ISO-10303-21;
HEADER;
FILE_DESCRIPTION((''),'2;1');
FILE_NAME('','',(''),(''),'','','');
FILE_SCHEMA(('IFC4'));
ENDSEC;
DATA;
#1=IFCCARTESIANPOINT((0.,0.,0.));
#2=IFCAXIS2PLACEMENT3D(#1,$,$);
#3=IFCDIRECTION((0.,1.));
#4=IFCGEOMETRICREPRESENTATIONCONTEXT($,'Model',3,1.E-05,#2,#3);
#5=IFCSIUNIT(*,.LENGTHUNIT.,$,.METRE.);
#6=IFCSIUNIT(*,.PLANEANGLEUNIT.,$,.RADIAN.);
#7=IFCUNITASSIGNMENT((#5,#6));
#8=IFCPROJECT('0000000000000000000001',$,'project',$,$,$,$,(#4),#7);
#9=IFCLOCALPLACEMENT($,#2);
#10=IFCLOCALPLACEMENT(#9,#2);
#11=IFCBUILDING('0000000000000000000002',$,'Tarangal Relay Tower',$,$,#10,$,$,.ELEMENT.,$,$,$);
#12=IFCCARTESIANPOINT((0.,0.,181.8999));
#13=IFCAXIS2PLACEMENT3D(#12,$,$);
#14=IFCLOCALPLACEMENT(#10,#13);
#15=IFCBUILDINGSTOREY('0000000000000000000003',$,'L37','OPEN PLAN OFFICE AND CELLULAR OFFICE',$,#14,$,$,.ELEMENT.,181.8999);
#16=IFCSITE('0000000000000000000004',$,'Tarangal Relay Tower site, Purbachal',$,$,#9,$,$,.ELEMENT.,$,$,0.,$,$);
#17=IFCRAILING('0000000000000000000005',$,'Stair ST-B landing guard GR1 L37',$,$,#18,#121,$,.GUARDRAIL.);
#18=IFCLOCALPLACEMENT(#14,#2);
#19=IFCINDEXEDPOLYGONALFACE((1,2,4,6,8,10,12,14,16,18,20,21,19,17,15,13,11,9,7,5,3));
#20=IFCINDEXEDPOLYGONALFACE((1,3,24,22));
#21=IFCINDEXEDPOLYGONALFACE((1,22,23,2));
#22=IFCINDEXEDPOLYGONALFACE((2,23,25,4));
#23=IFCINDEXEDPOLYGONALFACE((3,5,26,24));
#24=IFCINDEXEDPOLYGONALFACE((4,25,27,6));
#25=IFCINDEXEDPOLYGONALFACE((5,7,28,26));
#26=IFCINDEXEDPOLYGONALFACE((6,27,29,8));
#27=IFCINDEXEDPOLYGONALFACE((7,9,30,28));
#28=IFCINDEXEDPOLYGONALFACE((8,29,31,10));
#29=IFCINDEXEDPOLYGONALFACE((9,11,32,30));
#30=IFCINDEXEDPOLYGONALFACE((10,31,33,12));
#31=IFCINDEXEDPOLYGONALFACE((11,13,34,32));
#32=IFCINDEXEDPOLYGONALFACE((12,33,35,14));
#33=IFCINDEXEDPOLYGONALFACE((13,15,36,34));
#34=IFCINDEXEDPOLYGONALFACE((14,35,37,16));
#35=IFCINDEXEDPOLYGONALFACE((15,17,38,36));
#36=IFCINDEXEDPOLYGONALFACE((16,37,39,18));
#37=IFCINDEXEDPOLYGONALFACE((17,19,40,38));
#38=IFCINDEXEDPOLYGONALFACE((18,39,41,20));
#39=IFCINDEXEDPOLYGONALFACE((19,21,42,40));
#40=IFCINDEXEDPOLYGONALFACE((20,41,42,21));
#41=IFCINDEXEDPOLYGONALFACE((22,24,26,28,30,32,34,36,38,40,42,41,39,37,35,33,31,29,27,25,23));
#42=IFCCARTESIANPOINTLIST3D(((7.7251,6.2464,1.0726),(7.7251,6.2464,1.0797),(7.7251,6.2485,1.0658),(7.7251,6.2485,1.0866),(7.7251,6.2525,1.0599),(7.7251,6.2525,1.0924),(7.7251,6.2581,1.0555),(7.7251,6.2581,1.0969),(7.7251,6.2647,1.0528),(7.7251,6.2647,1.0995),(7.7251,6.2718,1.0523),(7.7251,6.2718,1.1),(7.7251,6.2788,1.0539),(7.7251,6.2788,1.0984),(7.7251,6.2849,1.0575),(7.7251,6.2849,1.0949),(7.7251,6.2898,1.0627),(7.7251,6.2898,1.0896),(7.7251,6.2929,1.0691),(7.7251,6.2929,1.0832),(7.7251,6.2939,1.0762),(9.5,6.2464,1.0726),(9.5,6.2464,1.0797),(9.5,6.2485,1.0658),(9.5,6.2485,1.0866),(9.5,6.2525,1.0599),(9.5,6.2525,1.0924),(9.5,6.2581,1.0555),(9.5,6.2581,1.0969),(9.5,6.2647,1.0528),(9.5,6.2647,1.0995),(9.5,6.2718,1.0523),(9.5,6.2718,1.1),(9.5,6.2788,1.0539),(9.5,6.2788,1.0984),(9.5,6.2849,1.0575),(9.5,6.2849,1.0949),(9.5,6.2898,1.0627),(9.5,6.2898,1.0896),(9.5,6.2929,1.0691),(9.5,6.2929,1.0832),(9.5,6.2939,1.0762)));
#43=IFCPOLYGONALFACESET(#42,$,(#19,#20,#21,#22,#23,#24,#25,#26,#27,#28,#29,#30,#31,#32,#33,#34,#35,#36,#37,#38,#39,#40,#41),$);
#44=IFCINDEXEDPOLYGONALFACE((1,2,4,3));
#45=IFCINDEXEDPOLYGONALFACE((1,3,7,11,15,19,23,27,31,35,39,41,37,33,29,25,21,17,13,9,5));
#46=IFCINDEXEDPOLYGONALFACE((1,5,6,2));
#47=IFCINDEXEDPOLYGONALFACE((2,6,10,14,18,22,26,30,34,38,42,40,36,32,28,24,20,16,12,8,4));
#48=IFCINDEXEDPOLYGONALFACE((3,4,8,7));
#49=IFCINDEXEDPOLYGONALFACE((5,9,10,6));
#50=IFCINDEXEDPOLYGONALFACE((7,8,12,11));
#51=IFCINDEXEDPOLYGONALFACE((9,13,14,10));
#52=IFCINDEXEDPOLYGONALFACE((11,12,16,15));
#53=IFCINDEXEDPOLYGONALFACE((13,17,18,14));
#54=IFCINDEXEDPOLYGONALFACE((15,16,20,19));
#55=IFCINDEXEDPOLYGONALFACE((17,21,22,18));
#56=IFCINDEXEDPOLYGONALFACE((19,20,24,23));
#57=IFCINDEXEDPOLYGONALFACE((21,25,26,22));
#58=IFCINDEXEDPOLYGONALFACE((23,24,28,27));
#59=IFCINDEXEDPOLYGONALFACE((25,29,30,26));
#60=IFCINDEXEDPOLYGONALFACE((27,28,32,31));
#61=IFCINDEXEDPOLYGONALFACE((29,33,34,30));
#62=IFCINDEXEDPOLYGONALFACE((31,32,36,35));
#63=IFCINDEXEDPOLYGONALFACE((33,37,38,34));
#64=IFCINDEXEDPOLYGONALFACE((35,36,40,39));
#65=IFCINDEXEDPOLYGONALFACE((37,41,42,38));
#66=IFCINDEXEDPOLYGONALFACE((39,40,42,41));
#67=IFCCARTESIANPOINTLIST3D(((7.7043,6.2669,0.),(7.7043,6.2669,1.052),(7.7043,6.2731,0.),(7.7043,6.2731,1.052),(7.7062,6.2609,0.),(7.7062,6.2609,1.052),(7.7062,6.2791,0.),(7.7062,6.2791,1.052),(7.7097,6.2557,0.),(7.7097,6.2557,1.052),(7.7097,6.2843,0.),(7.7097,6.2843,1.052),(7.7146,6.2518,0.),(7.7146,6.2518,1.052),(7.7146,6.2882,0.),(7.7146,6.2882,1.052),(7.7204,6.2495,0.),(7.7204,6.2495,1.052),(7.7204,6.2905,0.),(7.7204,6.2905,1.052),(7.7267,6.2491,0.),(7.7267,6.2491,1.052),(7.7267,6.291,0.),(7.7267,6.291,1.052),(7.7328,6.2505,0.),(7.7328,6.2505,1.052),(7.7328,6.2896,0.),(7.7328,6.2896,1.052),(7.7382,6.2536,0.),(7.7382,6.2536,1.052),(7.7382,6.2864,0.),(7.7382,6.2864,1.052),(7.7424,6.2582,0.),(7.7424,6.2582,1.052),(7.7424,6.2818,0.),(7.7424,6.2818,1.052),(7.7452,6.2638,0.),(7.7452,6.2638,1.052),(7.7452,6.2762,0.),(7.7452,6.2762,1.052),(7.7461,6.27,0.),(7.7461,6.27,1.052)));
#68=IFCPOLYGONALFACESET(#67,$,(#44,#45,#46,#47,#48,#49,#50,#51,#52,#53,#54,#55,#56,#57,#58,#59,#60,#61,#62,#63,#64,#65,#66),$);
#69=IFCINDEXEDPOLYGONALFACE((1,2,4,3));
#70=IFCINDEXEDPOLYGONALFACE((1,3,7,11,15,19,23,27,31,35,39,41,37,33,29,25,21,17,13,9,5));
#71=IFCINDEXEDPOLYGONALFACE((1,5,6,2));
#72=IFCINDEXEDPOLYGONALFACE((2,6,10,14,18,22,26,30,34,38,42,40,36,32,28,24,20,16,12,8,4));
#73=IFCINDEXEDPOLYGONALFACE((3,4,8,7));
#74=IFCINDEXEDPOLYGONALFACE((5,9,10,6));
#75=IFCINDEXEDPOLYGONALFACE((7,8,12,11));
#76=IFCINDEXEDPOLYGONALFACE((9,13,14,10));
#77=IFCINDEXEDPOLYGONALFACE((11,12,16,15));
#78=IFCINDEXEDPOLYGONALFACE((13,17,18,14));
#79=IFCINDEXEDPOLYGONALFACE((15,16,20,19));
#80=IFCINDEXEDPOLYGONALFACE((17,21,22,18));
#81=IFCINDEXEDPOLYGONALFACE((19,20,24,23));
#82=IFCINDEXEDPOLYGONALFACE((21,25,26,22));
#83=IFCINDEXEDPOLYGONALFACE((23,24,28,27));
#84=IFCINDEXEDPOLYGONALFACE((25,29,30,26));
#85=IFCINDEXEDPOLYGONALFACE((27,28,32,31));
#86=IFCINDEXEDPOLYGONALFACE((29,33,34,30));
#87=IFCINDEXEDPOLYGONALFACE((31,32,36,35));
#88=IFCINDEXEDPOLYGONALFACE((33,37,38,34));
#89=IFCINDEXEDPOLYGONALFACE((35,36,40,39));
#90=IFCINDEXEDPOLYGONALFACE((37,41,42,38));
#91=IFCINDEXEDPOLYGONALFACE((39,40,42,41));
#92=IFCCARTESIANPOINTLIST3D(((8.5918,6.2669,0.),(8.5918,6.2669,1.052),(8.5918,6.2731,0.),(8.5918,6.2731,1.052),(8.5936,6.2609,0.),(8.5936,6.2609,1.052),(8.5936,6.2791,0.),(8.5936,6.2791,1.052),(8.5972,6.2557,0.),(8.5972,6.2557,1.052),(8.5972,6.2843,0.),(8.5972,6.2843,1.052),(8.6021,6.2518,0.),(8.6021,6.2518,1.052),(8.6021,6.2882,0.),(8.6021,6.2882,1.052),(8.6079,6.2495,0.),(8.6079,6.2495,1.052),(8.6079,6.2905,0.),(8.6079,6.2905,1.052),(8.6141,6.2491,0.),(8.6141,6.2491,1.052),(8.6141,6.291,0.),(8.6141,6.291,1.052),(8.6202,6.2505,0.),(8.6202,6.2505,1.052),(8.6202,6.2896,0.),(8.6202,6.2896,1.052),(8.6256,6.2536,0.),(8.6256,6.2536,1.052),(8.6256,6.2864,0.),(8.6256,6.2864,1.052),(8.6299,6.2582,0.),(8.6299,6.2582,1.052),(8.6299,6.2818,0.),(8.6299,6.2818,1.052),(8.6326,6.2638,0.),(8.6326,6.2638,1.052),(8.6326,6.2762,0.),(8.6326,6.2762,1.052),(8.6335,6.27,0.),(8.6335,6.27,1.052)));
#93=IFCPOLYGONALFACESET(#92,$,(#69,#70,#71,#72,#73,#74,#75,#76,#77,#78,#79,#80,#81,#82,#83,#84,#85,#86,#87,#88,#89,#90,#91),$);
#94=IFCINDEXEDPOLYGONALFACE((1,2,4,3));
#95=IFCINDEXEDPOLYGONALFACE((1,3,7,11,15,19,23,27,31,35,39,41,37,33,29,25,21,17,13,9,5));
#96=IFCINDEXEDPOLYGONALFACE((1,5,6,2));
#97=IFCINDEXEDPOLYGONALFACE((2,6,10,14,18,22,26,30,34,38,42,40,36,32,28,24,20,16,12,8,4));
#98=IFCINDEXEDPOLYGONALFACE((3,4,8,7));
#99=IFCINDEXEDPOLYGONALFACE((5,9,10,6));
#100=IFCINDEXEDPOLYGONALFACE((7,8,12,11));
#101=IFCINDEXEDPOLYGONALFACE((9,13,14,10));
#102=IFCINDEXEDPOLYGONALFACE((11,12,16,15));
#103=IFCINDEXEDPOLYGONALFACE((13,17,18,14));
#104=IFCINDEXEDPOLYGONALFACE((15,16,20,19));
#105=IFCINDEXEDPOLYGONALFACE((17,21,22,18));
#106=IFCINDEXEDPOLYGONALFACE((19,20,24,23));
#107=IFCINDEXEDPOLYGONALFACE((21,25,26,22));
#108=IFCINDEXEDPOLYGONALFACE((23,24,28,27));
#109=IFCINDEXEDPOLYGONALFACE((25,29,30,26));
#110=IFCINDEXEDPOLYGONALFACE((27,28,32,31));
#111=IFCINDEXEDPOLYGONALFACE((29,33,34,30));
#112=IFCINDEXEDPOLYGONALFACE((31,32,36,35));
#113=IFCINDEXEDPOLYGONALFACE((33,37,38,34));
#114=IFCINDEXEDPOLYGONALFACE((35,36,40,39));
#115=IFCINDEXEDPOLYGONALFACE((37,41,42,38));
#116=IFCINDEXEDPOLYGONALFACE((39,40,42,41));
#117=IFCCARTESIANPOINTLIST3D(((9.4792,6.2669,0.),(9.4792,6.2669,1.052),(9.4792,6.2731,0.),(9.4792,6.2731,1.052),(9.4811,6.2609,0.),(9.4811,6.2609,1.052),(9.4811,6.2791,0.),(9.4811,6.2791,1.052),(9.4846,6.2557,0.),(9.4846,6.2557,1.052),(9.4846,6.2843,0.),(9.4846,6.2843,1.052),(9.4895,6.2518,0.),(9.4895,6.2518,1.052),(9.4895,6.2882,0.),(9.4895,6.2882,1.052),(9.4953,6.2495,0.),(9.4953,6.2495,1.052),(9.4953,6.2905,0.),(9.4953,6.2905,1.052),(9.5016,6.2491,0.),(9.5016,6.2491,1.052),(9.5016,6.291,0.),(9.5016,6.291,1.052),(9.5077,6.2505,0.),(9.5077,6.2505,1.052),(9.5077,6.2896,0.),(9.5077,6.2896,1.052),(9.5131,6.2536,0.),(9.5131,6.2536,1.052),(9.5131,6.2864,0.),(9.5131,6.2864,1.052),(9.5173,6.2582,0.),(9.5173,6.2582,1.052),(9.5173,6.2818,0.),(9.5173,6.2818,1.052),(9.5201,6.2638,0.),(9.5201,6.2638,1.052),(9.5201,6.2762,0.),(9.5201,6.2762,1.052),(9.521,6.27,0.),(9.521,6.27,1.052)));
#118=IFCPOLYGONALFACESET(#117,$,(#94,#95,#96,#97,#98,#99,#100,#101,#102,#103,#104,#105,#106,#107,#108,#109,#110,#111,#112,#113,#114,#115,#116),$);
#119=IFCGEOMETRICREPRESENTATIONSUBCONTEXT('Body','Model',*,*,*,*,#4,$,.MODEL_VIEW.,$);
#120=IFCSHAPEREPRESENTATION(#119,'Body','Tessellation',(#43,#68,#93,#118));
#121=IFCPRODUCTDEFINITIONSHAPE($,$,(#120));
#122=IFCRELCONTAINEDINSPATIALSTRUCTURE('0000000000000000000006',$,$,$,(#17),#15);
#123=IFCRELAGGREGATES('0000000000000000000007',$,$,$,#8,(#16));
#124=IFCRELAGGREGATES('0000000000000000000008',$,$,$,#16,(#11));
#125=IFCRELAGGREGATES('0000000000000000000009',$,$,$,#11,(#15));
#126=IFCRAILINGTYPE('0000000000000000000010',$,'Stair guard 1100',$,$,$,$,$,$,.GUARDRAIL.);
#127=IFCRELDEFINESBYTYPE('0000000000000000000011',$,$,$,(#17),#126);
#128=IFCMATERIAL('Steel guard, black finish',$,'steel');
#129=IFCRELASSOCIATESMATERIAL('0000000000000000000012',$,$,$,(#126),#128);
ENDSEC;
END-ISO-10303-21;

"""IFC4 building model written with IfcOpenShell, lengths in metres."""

from ifc_helpers import new_model, si_unit, direction, frame, origin, origin_2d, place, context, subcontext, project, spatial, circle, extrude, material, type_object, element, save


model = new_model("IFC4")

# Units and contexts
model_context = context("Model", 3, precision=1e-05, world=origin(), true_north=direction((0.0, 1.0)))
body_context = subcontext(model_context, "Body", "Model", "MODEL_VIEW")
ifc_project = project(units=[si_unit("LENGTHUNIT", "METRE"), si_unit("PLANEANGLEUNIT", "RADIAN")], contexts=[model_context])

# Site, building, storey
site_placement = place(None, origin())
site = spatial("IfcSite", under=ifc_project, at=site_placement, Name="Tarangal Relay Tower site, Purbachal", CompositionType="ELEMENT", RefElevation=0.0)
building_placement = place(site_placement, origin())
building = spatial("IfcBuilding", under=site, at=building_placement, Name="Tarangal Relay Tower", CompositionType="ELEMENT")
storey_placement = place(building_placement, frame((0.0, 0.0, 181.8999)))
storey = spatial("IfcBuildingStorey", under=building, at=storey_placement, Name="L37", Description="OPEN PLAN OFFICE AND CELLULAR OFFICE", CompositionType="ELEMENT", Elevation=181.8999)

# Railing
ifc_material_1 = material(Name="Steel guard, black finish", Category="steel")
railing_type_1 = type_object("IfcRailingType", Name="Stair guard 1100", PredefinedType="GUARDRAIL", material=ifc_material_1)
railing_1_placement = place(storey_placement, frame((7.7251, 6.27, 0.0)))
element("IfcRailing", 1, at=railing_1_placement, inside=storey, type_object=railing_type_1, Name="Stair ST-B landing guard GR1 L37", PredefinedType="GUARDRAIL", context=body_context, shape_type="SweptSolid", body=[
    extrude(circle(Radius=0.0239, at=origin_2d()), frame((0.0, 0.0, 1.0762), z_axis=(1.0, 0.0, 0.0), x_axis=(0.0, 1.0, 0.0)), (0.0, 0.0, 1.0), 1.7749),
    extrude(circle(Radius=0.021, at=origin_2d()), origin(), (0.0, 0.0, 1.0), 1.052),
    extrude(circle(Radius=0.021, at=origin_2d()), frame((0.8875, 0.0, 0.0)), (0.0, 0.0, 1.0), 1.052),
    extrude(circle(Radius=0.021, at=origin_2d()), frame((1.7749, 0.0, 0.0)), (0.0, 0.0, 1.0), 1.052),
])

save(model, "model.ifc")
